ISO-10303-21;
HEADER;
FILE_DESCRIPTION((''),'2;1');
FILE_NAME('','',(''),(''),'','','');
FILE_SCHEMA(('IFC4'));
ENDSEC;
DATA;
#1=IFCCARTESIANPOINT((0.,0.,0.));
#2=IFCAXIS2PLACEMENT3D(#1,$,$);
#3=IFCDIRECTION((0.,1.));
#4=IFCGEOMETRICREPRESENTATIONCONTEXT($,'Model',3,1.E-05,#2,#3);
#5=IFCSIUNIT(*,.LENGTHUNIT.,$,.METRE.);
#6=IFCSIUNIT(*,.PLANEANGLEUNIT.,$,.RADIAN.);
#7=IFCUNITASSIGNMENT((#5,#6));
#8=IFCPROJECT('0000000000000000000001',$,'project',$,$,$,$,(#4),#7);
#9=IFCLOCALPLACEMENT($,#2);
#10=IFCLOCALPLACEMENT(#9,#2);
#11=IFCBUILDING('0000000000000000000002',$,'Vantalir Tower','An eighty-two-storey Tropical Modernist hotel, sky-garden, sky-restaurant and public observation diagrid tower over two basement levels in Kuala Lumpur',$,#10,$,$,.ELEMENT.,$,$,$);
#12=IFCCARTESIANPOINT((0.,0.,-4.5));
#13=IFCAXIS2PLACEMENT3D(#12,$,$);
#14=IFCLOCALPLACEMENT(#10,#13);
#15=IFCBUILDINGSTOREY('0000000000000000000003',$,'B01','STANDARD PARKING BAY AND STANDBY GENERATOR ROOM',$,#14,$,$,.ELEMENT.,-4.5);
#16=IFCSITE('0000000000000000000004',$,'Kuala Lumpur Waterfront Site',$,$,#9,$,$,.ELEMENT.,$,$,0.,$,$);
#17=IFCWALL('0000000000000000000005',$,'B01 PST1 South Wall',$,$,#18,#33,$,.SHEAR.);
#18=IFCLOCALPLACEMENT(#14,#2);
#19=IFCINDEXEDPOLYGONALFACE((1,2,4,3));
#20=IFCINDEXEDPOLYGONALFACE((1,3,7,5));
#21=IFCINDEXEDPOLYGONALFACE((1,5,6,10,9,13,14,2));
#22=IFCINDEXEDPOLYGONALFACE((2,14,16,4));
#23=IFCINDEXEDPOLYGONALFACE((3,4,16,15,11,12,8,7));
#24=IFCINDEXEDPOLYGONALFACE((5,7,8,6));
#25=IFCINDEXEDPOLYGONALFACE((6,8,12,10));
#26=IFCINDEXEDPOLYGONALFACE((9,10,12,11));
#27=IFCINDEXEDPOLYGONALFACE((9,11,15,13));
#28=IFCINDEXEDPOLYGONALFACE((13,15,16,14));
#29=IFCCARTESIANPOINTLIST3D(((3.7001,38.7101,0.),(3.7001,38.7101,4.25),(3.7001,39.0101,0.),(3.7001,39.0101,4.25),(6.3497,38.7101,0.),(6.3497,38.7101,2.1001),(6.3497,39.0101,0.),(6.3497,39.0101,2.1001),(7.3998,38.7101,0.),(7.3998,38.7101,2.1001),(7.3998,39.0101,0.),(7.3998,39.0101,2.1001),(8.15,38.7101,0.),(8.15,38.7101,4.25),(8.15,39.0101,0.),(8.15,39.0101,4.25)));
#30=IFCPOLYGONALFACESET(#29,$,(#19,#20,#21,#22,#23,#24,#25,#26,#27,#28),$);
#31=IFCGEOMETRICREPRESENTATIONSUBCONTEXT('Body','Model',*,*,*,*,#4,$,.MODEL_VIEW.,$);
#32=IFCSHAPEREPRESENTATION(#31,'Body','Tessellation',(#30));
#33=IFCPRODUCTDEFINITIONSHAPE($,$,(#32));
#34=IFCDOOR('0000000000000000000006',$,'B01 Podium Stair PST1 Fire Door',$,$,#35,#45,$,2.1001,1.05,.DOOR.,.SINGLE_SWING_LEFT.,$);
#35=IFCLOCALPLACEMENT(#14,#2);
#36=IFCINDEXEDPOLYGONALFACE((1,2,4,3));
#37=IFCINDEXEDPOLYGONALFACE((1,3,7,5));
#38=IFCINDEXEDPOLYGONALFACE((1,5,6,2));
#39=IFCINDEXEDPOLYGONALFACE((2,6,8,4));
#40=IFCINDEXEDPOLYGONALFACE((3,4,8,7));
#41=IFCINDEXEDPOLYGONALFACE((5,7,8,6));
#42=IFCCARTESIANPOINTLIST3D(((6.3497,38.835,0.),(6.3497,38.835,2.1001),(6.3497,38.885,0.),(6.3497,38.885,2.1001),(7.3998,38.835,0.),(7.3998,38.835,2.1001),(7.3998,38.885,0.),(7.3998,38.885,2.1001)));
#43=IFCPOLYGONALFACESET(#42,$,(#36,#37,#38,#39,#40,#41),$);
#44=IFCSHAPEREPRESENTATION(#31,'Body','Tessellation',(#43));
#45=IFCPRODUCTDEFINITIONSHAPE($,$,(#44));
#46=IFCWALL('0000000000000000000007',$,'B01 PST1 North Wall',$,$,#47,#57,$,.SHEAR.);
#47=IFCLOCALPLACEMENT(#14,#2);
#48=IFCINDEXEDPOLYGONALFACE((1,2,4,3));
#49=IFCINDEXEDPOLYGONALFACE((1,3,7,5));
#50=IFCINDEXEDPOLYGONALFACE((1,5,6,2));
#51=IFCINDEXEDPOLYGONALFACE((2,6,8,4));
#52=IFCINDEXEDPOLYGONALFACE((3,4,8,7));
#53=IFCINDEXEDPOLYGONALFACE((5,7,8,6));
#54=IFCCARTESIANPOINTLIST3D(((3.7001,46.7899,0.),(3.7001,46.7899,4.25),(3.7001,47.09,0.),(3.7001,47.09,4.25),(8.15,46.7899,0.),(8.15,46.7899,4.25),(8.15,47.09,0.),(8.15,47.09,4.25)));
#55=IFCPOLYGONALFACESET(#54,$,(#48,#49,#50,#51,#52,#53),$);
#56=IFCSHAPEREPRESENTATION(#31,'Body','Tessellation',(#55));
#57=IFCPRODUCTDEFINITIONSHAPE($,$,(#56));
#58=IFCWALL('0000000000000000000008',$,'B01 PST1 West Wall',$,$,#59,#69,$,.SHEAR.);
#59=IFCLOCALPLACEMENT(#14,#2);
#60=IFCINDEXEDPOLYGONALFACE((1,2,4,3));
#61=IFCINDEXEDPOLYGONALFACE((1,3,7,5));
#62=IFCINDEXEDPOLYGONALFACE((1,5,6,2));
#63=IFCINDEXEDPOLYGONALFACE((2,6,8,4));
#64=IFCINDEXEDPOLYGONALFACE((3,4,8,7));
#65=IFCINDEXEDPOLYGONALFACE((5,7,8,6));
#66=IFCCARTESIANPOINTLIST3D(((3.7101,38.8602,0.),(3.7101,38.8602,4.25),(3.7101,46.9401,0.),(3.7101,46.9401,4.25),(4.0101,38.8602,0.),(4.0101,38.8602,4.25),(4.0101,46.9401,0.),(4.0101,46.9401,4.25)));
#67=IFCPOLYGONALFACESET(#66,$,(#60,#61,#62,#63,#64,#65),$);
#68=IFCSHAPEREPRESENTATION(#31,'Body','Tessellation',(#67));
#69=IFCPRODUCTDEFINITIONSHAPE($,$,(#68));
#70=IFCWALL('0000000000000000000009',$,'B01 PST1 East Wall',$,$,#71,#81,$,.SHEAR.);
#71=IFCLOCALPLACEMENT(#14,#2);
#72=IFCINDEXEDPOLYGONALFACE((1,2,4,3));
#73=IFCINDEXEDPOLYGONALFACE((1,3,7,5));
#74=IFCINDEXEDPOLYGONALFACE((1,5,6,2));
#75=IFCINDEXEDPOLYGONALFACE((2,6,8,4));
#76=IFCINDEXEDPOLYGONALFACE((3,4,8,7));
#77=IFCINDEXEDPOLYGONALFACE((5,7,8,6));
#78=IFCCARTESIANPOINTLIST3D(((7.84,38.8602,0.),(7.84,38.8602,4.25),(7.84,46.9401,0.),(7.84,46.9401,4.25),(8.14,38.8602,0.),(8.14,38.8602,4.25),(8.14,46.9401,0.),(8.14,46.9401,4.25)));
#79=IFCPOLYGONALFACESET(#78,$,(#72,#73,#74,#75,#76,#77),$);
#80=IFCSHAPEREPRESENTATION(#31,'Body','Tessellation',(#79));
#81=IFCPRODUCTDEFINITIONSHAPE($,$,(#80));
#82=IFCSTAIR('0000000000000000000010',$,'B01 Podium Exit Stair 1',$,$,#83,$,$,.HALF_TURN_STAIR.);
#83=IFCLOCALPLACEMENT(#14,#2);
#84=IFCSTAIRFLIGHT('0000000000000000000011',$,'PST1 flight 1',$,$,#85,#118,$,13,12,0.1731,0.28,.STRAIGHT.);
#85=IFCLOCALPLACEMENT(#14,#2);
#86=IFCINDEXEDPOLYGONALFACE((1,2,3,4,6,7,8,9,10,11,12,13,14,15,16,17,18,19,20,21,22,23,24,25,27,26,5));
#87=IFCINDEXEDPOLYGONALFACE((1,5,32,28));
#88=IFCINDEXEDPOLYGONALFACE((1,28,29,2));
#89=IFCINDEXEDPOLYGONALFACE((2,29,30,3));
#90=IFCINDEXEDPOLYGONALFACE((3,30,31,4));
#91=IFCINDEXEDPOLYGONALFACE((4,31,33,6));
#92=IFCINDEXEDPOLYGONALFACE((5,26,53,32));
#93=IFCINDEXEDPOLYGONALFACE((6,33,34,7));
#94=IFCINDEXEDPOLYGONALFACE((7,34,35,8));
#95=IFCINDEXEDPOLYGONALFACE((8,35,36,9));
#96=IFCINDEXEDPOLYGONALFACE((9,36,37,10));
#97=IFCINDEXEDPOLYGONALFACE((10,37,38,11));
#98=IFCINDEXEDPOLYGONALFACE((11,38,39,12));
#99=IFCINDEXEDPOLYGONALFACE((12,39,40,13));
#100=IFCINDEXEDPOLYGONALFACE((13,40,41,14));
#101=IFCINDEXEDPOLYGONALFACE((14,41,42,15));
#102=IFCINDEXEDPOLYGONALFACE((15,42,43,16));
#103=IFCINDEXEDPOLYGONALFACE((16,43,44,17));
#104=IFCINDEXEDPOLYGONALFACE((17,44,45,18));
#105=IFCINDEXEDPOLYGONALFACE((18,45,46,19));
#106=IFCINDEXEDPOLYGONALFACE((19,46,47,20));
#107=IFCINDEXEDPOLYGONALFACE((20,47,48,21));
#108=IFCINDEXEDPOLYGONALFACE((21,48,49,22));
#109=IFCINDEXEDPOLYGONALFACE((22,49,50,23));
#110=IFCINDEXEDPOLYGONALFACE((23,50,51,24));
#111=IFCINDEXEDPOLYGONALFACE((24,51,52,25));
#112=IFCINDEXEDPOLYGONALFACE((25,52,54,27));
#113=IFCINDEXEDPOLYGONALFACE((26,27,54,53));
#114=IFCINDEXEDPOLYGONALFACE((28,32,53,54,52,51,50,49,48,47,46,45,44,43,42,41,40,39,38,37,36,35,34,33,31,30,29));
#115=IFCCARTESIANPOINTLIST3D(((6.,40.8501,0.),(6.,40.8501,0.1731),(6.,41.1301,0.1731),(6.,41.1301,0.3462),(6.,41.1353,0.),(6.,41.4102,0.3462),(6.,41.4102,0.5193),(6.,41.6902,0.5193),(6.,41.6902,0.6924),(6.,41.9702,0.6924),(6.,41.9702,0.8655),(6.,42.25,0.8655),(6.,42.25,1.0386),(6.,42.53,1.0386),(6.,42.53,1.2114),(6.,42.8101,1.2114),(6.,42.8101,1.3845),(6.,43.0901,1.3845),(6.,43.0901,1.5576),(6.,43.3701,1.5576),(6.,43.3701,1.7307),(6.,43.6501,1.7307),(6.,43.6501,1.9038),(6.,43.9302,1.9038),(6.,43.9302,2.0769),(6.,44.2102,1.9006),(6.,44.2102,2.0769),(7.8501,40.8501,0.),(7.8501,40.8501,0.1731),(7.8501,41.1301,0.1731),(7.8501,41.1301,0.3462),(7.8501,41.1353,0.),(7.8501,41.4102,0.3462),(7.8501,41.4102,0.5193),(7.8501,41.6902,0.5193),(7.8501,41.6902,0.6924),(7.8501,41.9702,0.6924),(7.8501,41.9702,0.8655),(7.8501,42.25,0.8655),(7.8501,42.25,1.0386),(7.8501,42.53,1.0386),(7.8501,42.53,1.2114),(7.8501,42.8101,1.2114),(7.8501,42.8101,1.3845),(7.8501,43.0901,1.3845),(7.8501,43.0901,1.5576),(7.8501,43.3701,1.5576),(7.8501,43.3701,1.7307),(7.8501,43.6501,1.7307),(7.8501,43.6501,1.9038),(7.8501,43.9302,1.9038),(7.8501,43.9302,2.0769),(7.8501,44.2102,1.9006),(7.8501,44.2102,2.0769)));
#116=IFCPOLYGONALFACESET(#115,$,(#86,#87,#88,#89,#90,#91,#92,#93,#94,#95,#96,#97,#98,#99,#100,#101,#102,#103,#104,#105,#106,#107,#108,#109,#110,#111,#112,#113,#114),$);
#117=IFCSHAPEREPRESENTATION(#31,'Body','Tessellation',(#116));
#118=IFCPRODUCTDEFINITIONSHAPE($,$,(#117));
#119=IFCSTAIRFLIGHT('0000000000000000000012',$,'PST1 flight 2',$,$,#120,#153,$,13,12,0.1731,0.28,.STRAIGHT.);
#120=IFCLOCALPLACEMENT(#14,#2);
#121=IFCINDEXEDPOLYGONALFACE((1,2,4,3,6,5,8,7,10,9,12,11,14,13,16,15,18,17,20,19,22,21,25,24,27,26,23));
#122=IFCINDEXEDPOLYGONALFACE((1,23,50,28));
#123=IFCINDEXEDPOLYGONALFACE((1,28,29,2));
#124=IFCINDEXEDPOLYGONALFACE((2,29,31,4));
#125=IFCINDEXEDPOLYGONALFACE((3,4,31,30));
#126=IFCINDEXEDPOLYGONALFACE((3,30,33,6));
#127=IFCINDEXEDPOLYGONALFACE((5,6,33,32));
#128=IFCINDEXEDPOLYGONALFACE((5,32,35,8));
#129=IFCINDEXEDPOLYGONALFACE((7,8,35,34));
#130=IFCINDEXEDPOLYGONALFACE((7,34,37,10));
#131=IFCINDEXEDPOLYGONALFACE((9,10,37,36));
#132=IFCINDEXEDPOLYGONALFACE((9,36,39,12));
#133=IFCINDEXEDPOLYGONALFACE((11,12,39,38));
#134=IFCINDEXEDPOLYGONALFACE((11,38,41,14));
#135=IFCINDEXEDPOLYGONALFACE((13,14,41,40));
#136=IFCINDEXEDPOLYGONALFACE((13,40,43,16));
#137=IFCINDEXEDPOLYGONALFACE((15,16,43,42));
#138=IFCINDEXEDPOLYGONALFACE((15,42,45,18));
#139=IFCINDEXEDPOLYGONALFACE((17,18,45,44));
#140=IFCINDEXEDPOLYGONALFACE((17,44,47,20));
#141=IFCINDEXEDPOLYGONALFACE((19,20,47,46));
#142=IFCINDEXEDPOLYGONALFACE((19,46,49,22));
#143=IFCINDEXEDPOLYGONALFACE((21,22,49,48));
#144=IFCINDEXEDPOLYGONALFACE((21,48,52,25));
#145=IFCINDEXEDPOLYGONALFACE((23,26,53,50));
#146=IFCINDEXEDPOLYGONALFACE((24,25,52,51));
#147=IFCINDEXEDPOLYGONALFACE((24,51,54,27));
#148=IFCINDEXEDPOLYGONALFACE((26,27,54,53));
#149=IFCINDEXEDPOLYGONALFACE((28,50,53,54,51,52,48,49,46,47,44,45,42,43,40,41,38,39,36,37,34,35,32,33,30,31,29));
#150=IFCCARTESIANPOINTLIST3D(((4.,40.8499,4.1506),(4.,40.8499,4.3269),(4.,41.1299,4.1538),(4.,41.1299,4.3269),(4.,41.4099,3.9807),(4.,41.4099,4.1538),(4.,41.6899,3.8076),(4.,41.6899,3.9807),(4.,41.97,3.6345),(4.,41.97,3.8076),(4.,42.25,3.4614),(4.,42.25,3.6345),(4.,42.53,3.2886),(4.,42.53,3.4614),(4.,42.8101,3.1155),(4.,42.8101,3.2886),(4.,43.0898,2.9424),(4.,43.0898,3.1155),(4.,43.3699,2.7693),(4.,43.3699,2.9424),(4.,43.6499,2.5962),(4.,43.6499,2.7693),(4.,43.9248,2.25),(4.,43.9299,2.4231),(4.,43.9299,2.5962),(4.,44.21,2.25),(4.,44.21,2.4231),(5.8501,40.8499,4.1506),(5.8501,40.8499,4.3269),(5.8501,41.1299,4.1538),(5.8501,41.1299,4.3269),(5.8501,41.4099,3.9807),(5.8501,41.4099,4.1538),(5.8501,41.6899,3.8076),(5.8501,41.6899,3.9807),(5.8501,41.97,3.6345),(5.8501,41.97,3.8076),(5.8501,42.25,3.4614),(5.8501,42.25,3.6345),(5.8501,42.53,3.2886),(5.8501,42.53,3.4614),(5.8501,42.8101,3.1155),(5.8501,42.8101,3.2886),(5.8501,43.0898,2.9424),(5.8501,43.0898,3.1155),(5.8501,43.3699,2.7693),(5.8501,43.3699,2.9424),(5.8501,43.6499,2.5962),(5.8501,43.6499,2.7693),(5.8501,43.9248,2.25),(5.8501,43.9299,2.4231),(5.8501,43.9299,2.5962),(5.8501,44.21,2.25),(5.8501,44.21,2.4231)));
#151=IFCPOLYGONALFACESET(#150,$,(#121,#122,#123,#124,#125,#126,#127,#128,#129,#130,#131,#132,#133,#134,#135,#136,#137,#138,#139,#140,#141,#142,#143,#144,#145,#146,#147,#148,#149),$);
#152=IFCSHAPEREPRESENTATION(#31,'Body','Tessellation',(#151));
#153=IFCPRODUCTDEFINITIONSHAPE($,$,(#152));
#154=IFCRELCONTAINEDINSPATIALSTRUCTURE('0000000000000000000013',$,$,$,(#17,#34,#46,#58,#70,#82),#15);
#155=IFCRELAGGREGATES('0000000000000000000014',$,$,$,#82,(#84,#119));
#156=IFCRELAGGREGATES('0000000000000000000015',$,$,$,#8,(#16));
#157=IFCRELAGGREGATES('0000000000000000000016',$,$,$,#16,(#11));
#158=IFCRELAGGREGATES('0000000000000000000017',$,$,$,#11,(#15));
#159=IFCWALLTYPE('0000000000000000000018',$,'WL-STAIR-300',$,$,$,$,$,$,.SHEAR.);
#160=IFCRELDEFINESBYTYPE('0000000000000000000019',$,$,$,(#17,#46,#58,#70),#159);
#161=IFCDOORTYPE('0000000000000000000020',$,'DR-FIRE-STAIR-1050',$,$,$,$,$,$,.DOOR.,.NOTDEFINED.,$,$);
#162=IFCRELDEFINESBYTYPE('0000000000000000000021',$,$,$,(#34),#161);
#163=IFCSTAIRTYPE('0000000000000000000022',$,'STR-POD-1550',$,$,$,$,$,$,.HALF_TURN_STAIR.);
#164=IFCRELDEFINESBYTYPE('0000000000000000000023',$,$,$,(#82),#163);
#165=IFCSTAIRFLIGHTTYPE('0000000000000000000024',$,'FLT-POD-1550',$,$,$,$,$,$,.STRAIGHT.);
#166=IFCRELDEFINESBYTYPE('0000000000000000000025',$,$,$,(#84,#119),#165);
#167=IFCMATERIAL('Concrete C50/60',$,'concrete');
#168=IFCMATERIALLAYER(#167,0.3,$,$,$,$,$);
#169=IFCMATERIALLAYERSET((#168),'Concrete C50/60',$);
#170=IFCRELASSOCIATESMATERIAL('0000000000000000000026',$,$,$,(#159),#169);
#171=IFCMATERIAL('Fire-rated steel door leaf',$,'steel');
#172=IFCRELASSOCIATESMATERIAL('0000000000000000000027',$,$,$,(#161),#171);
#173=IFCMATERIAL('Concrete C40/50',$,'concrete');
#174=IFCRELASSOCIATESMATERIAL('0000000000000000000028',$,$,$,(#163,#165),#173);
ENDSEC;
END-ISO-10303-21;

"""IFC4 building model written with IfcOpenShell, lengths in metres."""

from ifc_helpers import new_model, si_unit, direction, frame, frame_2d, origin, place, context, subcontext, project, spatial, polyline, rectangle, outline, extrude, material, layer, layer_set, type_object, element, fill, aggregate, save


model = new_model("IFC4")

# Units and contexts
model_context = context("Model", 3, precision=1e-05, world=origin(), true_north=direction((0.0, 1.0)))
body_context = subcontext(model_context, "Body", "Model", "MODEL_VIEW")
ifc_project = project(units=[si_unit("LENGTHUNIT", "METRE"), si_unit("PLANEANGLEUNIT", "RADIAN")], contexts=[model_context])

# Site, building, storey
site_placement = place(None, origin())
site = spatial("IfcSite", under=ifc_project, at=site_placement, Name="Kuala Lumpur Waterfront Site", CompositionType="ELEMENT", RefElevation=0.0)
building_placement = place(site_placement, origin())
building = spatial("IfcBuilding", under=site, at=building_placement, Name="Vantalir Tower", Description="An eighty-two-storey Tropical Modernist hotel, sky-garden, sky-restaurant and public observation diagrid tower over two basement levels in Kuala Lumpur", CompositionType="ELEMENT")
storey_placement = place(building_placement, frame((0.0, 0.0, -4.5)))
storey = spatial("IfcBuildingStorey", under=building, at=storey_placement, Name="B01", Description="STANDARD PARKING BAY AND STANDBY GENERATOR ROOM", CompositionType="ELEMENT", Elevation=-4.5)

# Shared definitions
ifc_material_1 = material(Name="Concrete C50/60", Category="concrete")

# Wall, opening, door
ifc_layer_1 = layer(ifc_material_1, 0.3)
ifc_layer_set_1 = layer_set([ifc_layer_1], Name="Concrete C50/60")
wall_type_1 = type_object("IfcWallType", Name="WL-STAIR-300", PredefinedType="SHEAR", material=ifc_layer_set_1)
wall_1_placement = place(storey_placement, frame((3.7, 38.8601, 0.0), z_axis=(0.0, 0.0, 1.0), x_axis=(1.0, 0.0, 0.0)))
wall_1 = element("IfcWall", 1, at=wall_1_placement, inside=storey, type_object=wall_type_1, Name="B01 PST1 South Wall", PredefinedType="SHEAR", context=body_context, shape_type="SweptSolid", body=[
    extrude(rectangle(XDim=4.45, YDim=0.3, at=frame_2d((2.2251, 0.0))), origin(), (0.0, 0.0, 1.0), 4.25),
])
opening_placement = place(wall_1_placement, frame((2.6499, 0.0, 0.0)))
opening = element("IfcOpeningElement", 2, at=opening_placement, cuts=wall_1, PredefinedType="OPENING", context=body_context, shape_type="SweptSolid", body=[
    extrude(rectangle(XDim=1.05, YDim=2.1001, at=frame_2d((0.5249, 1.05))), frame((0.0, 0.1599, 0.0), z_axis=(0.0, -1.0, 0.0), x_axis=(1.0, 0.0, 0.0)), (0.0, 0.0, 1.0), 0.3201),
])
ifc_material_2 = material(Name="Fire-rated steel door leaf", Category="steel")
door_type = type_object("IfcDoorType", Name="DR-FIRE-STAIR-1050", OperationType="NOTDEFINED", PredefinedType="DOOR", material=ifc_material_2)
door_placement = place(opening_placement, origin())
door = element("IfcDoor", 3, at=door_placement, inside=storey, type_object=door_type, Name="B01 Podium Stair PST1 Fire Door", OperationType="SINGLE_SWING_LEFT", OverallHeight=2.1001, OverallWidth=1.05, PredefinedType="DOOR", context=body_context, shape_type="SweptSolid", body=[
    extrude(rectangle(XDim=1.05, YDim=2.1001, at=frame_2d((0.5249, 1.05))), frame((0.0, 0.0249, 0.0), z_axis=(0.0, -1.0, 0.0), x_axis=(1.0, 0.0, 0.0)), (0.0, 0.0, 1.0), 0.05),
])
fill(opening, door)

# Walls
wall_2_placement = place(storey_placement, frame((3.7, 46.9399, 0.0), z_axis=(0.0, 0.0, 1.0), x_axis=(1.0, 0.0, 0.0)))
element("IfcWall", 4, at=wall_2_placement, inside=storey, type_object=wall_type_1, Name="B01 PST1 North Wall", PredefinedType="SHEAR", context=body_context, shape_type="SweptSolid", body=[
    extrude(rectangle(XDim=4.45, YDim=0.3, at=frame_2d((2.2251, 0.0))), origin(), (0.0, 0.0, 1.0), 4.25),
])
for number, where, z_axis, x_axis, name in (
    (5, (3.8601, 38.8601, 0.0), (0.0, 0.0, 1.0), (0.0, 1.0, 0.0), "B01 PST1 West Wall"),
    (6, (7.99, 38.8601, 0.0), (0.0, 0.0, 1.0), (0.0, 1.0, 0.0), "B01 PST1 East Wall"),
):
    element("IfcWall", number, at=place(storey_placement, frame(where, z_axis=z_axis, x_axis=x_axis)), inside=storey, type_object=wall_type_1, Name=name, PredefinedType="SHEAR", context=body_context, shape_type="SweptSolid", body=[
        extrude(rectangle(XDim=8.0798, YDim=0.3, at=frame_2d((4.04, 0.0))), origin(), (0.0, 0.0, 1.0), 4.25),
    ])

# Stair, stair flights
ifc_material_3 = material(Name="Concrete C40/50", Category="concrete")
stair_type = type_object("IfcStairType", Name="STR-POD-1550", PredefinedType="HALF_TURN_STAIR", material=ifc_material_3)
stair_placement = place(storey_placement, origin())
stair = element("IfcStair", 7, at=stair_placement, inside=storey, type_object=stair_type, Name="B01 Podium Exit Stair 1", PredefinedType="HALF_TURN_STAIR")
stair_flight_type = type_object("IfcStairFlightType", Name="FLT-POD-1550", PredefinedType="STRAIGHT", material=ifc_material_3)
stair_flight_1_placement = place(storey_placement, frame((6.925, 40.8501, 0.0), z_axis=(0.0, 0.0, 1.0), x_axis=(0.0, 1.0, 0.0)))
stair_flight_1 = element("IfcStairFlight", 8, at=stair_flight_1_placement, type_object=stair_flight_type, Name="PST1 flight 1", NumberOfRisers=13, NumberOfTreads=12, PredefinedType="STRAIGHT", RiserHeight=0.1731, TreadLength=0.28, context=body_context, shape_type="SweptSolid", body=[
    extrude(outline(polyline([(0.0, 0.0), (0.0, 0.1731), (0.28, 0.1731), (0.28, 0.3462), (0.5601, 0.3462), (0.5601, 0.5193), (0.8401, 0.5193), (0.8401, 0.6924), (1.1201, 0.6924), (1.1201, 0.8655), (1.3999, 0.8655), (1.3999, 1.0386), (1.6799, 1.0386), (1.6799, 1.2114), (1.96, 1.2114), (1.96, 1.3845), (2.24, 1.3845), (2.24, 1.5576), (2.52, 1.5576), (2.52, 1.7307), (2.8, 1.7307), (2.8, 1.9038), (3.0801, 1.9038), (3.0801, 2.0769), (3.3601, 2.0769), (3.3601, 2.25), (3.3601, 1.9006), (0.2852, 0.0), (0.0, 0.0)])), frame((0.0, 0.925, 0.0), z_axis=(0.0, -1.0, 0.0), x_axis=(1.0, 0.0, 0.0)), (0.0, 0.0, 1.0), 1.8501),
])
stair_flight_2_placement = place(storey_placement, frame((4.925, 44.21, 2.25), z_axis=(0.0, 0.0, 1.0), x_axis=(0.0, -1.0, 0.0)))
stair_flight_2 = element("IfcStairFlight", 9, at=stair_flight_2_placement, type_object=stair_flight_type, Name="PST1 flight 2", NumberOfRisers=13, NumberOfTreads=12, PredefinedType="STRAIGHT", RiserHeight=0.1731, TreadLength=0.28, context=body_context, shape_type="SweptSolid", body=[
    extrude(outline(polyline([(0.0, 0.0), (0.0, 0.1731), (0.28, 0.1731), (0.28, 0.3462), (0.5601, 0.3462), (0.5601, 0.5193), (0.8401, 0.5193), (0.8401, 0.6924), (1.1201, 0.6924), (1.1201, 0.8655), (1.3999, 0.8655), (1.3999, 1.0386), (1.6799, 1.0386), (1.6799, 1.2114), (1.96, 1.2114), (1.96, 1.3845), (2.24, 1.3845), (2.24, 1.5576), (2.52, 1.5576), (2.52, 1.7307), (2.8, 1.7307), (2.8, 1.9038), (3.0801, 1.9038), (3.0801, 2.0769), (3.3601, 2.0769), (3.3601, 2.25), (3.3601, 1.9006), (0.2852, 0.0), (0.0, 0.0)])), frame((0.0, 0.925, 0.0), z_axis=(0.0, -1.0, 0.0), x_axis=(1.0, 0.0, 0.0)), (0.0, 0.0, 1.0), 1.8501),
])
aggregate(stair, [stair_flight_1, stair_flight_2])

save(model, "model.ifc")
